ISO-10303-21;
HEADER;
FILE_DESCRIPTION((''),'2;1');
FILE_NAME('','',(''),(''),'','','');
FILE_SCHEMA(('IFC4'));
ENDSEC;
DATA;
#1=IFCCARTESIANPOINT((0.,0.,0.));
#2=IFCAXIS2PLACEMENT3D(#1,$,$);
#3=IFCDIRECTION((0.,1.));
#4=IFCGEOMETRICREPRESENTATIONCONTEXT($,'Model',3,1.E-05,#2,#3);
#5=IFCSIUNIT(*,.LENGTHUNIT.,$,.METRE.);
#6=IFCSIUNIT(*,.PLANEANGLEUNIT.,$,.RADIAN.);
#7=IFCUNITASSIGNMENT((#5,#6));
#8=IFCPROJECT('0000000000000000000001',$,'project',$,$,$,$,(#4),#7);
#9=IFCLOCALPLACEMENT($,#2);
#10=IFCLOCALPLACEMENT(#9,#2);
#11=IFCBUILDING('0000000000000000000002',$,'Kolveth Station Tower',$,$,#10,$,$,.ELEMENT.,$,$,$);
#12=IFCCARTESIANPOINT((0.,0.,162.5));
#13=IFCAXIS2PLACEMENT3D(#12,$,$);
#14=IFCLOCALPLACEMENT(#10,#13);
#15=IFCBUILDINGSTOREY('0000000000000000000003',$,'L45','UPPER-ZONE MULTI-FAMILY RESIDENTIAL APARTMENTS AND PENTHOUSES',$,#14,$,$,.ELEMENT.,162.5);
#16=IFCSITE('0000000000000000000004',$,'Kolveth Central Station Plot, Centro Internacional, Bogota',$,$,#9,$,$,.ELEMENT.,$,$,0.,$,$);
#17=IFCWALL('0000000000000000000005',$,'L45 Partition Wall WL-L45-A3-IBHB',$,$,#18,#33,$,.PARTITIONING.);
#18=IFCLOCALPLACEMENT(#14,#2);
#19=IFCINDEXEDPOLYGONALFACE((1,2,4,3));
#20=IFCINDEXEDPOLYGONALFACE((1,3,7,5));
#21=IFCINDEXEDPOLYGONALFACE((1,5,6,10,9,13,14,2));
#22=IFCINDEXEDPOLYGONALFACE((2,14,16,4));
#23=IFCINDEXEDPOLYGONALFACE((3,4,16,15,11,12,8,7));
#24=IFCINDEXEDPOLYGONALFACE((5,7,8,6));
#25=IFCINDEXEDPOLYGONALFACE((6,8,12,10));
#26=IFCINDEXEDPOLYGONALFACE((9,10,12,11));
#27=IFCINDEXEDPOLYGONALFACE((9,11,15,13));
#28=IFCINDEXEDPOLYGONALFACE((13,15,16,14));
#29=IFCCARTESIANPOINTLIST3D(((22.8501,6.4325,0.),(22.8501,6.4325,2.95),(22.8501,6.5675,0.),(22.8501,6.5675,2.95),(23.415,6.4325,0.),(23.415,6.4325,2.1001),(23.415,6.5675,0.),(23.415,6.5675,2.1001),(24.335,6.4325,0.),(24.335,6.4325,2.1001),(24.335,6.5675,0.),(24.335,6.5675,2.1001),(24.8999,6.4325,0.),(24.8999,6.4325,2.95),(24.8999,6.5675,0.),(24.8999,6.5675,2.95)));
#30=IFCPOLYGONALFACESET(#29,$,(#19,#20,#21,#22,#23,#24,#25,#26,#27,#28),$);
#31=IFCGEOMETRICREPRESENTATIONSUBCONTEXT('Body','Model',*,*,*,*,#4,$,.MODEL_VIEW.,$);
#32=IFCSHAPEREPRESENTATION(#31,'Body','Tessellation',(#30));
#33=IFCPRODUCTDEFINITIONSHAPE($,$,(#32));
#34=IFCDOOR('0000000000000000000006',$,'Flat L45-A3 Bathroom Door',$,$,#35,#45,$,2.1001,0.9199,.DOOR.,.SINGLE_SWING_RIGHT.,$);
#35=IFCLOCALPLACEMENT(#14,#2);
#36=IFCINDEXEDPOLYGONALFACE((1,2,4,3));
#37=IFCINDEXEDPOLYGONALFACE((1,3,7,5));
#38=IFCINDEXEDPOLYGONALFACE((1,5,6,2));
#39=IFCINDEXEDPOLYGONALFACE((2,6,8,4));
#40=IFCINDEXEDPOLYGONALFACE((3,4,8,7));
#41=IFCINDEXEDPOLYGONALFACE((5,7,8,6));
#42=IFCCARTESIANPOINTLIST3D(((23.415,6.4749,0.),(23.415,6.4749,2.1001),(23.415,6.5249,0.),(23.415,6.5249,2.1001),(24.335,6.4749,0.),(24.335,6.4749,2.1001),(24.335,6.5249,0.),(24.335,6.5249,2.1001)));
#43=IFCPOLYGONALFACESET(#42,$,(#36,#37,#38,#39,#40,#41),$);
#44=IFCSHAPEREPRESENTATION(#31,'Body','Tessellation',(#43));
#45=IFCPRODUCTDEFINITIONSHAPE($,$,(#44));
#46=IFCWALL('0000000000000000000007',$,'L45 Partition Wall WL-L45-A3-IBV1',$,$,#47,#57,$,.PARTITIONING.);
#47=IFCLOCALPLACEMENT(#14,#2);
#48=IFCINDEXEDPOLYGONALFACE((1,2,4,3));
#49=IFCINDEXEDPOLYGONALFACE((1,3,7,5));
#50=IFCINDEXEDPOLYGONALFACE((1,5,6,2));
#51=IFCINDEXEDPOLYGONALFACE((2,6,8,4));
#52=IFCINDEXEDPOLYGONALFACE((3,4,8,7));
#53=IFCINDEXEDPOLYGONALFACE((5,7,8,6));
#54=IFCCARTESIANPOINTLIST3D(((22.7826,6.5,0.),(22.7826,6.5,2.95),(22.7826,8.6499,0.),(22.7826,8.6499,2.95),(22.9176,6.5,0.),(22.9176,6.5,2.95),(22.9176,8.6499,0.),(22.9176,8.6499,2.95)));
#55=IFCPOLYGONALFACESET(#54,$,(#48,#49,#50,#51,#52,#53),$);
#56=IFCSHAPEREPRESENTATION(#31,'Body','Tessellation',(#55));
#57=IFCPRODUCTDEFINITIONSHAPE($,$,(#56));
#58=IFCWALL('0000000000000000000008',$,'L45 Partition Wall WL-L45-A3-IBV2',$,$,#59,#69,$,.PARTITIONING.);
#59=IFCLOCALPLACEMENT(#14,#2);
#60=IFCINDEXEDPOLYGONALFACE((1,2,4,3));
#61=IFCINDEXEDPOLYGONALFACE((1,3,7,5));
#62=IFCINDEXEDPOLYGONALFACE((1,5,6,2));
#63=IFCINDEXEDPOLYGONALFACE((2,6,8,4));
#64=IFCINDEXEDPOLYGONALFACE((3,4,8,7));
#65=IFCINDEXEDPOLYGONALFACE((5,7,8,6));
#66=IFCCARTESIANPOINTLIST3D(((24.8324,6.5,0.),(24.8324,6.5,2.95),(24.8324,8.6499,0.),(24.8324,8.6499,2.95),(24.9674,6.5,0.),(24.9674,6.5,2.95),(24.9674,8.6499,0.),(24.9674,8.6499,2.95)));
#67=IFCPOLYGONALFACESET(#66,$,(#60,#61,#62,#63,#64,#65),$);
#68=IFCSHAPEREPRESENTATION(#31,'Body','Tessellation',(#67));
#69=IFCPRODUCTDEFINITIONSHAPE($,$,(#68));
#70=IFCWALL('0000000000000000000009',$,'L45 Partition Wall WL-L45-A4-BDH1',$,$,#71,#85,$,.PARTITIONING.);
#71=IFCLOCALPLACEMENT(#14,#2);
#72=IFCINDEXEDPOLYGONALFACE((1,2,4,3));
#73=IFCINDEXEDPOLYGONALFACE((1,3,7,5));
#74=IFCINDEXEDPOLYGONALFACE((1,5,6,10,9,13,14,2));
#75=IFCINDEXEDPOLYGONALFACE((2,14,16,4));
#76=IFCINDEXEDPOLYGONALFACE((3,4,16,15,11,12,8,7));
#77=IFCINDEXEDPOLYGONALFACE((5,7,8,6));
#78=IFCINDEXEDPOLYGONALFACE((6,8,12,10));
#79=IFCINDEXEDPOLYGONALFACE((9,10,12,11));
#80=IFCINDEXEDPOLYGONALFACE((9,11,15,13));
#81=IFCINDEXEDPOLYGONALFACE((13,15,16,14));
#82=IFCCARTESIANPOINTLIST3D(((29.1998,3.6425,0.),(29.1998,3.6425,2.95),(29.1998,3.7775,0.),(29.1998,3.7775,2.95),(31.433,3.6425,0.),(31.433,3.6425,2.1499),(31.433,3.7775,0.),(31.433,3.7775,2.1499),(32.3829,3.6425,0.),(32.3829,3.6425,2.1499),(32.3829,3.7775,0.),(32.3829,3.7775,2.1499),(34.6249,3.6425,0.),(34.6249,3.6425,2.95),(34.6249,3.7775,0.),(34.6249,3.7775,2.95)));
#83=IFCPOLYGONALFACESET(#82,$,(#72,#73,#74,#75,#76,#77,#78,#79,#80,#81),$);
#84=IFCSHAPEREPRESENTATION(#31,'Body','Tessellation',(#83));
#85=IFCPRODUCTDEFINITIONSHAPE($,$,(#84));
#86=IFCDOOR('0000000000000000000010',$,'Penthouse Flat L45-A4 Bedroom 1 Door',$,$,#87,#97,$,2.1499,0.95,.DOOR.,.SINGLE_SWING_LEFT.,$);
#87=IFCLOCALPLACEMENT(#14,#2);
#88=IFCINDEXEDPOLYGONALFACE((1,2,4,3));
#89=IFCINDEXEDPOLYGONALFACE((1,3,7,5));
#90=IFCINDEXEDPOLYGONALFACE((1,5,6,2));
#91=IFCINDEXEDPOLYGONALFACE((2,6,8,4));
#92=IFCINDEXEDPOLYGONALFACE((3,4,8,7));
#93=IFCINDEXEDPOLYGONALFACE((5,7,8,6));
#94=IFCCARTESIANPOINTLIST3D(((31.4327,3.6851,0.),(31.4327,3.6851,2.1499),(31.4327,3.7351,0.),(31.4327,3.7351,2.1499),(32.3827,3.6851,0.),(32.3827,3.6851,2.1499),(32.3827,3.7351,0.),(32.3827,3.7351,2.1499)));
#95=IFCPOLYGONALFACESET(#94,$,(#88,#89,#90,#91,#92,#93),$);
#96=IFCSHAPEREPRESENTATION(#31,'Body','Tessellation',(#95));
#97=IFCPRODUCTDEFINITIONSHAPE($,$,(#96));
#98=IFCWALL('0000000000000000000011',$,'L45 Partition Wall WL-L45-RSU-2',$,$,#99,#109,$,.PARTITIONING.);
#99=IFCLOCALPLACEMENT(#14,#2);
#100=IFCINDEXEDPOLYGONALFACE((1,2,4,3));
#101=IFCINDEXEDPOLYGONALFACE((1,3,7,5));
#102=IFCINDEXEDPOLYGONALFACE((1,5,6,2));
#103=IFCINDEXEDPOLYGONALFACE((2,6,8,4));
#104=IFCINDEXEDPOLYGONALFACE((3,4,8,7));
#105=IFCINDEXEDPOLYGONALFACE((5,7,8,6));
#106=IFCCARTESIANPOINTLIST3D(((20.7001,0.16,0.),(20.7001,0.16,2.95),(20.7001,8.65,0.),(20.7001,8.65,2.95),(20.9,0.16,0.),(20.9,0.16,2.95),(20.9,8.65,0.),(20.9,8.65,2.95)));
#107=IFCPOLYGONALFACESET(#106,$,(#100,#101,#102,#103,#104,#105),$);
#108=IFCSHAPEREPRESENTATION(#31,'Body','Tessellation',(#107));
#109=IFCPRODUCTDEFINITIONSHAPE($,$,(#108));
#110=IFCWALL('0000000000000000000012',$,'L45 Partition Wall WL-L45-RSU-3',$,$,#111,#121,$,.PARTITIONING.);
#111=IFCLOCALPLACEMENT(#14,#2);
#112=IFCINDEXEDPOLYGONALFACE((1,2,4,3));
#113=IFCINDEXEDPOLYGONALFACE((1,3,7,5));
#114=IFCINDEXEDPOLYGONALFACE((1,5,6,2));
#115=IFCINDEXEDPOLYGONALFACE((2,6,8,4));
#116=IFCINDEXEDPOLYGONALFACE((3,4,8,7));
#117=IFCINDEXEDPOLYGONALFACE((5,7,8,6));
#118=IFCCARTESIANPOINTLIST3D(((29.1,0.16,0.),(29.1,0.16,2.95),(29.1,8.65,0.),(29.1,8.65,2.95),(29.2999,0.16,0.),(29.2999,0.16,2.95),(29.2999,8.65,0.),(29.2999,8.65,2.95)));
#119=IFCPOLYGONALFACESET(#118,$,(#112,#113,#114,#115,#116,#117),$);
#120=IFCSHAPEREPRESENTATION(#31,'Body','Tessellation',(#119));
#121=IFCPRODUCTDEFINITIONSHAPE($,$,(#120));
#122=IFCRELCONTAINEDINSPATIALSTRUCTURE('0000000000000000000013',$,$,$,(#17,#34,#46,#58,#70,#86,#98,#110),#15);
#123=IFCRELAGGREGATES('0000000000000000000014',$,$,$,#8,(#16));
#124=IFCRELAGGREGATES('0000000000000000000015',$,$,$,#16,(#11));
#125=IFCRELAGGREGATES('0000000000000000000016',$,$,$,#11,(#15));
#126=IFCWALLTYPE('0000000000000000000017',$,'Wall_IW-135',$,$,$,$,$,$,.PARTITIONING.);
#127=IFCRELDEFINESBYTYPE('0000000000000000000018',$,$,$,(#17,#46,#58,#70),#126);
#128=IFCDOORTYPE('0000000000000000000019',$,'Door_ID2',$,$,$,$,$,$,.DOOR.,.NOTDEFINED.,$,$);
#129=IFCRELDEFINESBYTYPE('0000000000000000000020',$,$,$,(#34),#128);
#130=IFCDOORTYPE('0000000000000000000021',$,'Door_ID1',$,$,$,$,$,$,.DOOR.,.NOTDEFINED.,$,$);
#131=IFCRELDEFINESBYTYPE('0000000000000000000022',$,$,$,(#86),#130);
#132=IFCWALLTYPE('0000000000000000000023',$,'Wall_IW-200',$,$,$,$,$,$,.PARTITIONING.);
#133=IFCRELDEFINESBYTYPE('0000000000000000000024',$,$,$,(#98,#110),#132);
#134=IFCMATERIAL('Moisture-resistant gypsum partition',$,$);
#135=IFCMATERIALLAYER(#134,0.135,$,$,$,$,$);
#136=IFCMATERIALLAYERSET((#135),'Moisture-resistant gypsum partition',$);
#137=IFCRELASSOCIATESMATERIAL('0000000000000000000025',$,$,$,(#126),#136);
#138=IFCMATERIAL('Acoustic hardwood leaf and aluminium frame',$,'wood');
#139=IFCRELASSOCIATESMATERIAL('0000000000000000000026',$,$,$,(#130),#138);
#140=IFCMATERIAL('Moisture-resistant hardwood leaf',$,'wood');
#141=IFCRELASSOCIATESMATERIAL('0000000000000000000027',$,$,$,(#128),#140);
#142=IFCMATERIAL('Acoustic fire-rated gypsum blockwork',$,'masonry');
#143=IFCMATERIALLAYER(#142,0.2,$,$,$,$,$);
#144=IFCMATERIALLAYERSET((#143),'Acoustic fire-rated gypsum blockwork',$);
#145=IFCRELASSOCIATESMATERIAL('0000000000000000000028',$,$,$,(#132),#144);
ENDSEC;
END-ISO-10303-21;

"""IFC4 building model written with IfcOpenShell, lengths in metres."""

from ifc_helpers import new_model, si_unit, direction, frame, frame_2d, origin, place, context, subcontext, project, spatial, rectangle, extrude, material, layer, layer_set, type_object, element, fill, save


model = new_model("IFC4")

# Units and contexts
model_context = context("Model", 3, precision=1e-05, world=origin(), true_north=direction((0.0, 1.0)))
body_context = subcontext(model_context, "Body", "Model", "MODEL_VIEW")
ifc_project = project(units=[si_unit("LENGTHUNIT", "METRE"), si_unit("PLANEANGLEUNIT", "RADIAN")], contexts=[model_context])

# Site, building, storey
site_placement = place(None, origin())
site = spatial("IfcSite", under=ifc_project, at=site_placement, Name="Kolveth Central Station Plot, Centro Internacional, Bogota", CompositionType="ELEMENT", RefElevation=0.0)
building_placement = place(site_placement, origin())
building = spatial("IfcBuilding", under=site, at=building_placement, Name="Kolveth Station Tower", CompositionType="ELEMENT")
storey_placement = place(building_placement, frame((0.0, 0.0, 162.5)))
storey = spatial("IfcBuildingStorey", under=building, at=storey_placement, Name="L45", Description="UPPER-ZONE MULTI-FAMILY RESIDENTIAL APARTMENTS AND PENTHOUSES", CompositionType="ELEMENT", Elevation=162.5)

# Wall, opening, door
ifc_material_1 = material(Name="Moisture-resistant gypsum partition")
ifc_layer_1 = layer(ifc_material_1, 0.135)
ifc_layer_set_1 = layer_set([ifc_layer_1], Name="Moisture-resistant gypsum partition")
wall_type_1 = type_object("IfcWallType", Name="Wall_IW-135", PredefinedType="PARTITIONING", material=ifc_layer_set_1)
ifc_material_2 = material(Name="Acoustic hardwood leaf and aluminium frame", Category="wood")
door_type_1 = type_object("IfcDoorType", Name="Door_ID1", OperationType="NOTDEFINED", PredefinedType="DOOR", material=ifc_material_2)
wall_1_placement = place(storey_placement, frame((22.8501, 6.5, 0.0), z_axis=(0.0, 0.0, 1.0), x_axis=(1.0, 0.0, 0.0)))
wall_1 = element("IfcWall", 1, at=wall_1_placement, inside=storey, type_object=wall_type_1, Name="L45 Partition Wall WL-L45-A3-IBHB", PredefinedType="PARTITIONING", context=body_context, shape_type="SweptSolid", body=[
    extrude(rectangle(XDim=2.0498, YDim=0.135, at=frame_2d((1.0249, 0.0))), origin(), (0.0, 0.0, 1.0), 2.95),
])
opening_1_placement = place(wall_1_placement, frame((0.5649, 0.0, 0.0)))
opening_1 = element("IfcOpeningElement", 2, at=opening_1_placement, cuts=wall_1, PredefinedType="OPENING", context=body_context, shape_type="SweptSolid", body=[
    extrude(rectangle(XDim=0.9199, YDim=2.1001, at=frame_2d((0.46, 1.05))), frame((0.0, 0.0774, 0.0), z_axis=(0.0, -1.0, 0.0), x_axis=(1.0, 0.0, 0.0)), (0.0, 0.0, 1.0), 0.155),
])
ifc_material_3 = material(Name="Moisture-resistant hardwood leaf", Category="wood")
door_type_2 = type_object("IfcDoorType", Name="Door_ID2", OperationType="NOTDEFINED", PredefinedType="DOOR", material=ifc_material_3)
door_1_placement = place(opening_1_placement, origin())
door_1 = element("IfcDoor", 3, at=door_1_placement, inside=storey, type_object=door_type_2, Name="Flat L45-A3 Bathroom Door", OperationType="SINGLE_SWING_RIGHT", OverallHeight=2.1001, OverallWidth=0.9199, PredefinedType="DOOR", context=body_context, shape_type="SweptSolid", body=[
    extrude(rectangle(XDim=0.9199, YDim=2.1001, at=frame_2d((0.46, 1.05))), frame((0.0, 0.0249, 0.0), z_axis=(0.0, -1.0, 0.0), x_axis=(1.0, 0.0, 0.0)), (0.0, 0.0, 1.0), 0.05),
])
fill(opening_1, door_1)

# Walls
for number, where, z_axis, x_axis, name in (
    (4, (22.8501, 6.5, 0.0), (0.0, 0.0, 1.0), (0.0, 1.0, 0.0), "L45 Partition Wall WL-L45-A3-IBV1"),
    (5, (24.8999, 6.5, 0.0), (0.0, 0.0, 1.0), (0.0, 1.0, 0.0), "L45 Partition Wall WL-L45-A3-IBV2"),
):
    element("IfcWall", number, at=place(storey_placement, frame(where, z_axis=z_axis, x_axis=x_axis)), inside=storey, type_object=wall_type_1, Name=name, PredefinedType="PARTITIONING", context=body_context, shape_type="SweptSolid", body=[
        extrude(rectangle(XDim=2.1499, YDim=0.135, at=frame_2d((1.075, 0.0))), origin(), (0.0, 0.0, 1.0), 2.95),
    ])

# Wall, opening, door
wall_2_placement = place(storey_placement, frame((29.2, 3.71, 0.0), z_axis=(0.0, 0.0, 1.0), x_axis=(1.0, 0.0, 0.0)))
wall_2 = element("IfcWall", 6, at=wall_2_placement, inside=storey, type_object=wall_type_1, Name="L45 Partition Wall WL-L45-A4-BDH1", PredefinedType="PARTITIONING", context=body_context, shape_type="SweptSolid", body=[
    extrude(rectangle(XDim=5.425, YDim=0.135, at=frame_2d((2.7124, 0.0))), origin(), (0.0, 0.0, 1.0), 2.95),
])
opening_2_placement = place(wall_2_placement, frame((2.2329, 0.0, 0.0)))
opening_2 = element("IfcOpeningElement", 7, at=opening_2_placement, cuts=wall_2, PredefinedType="OPENING", context=body_context, shape_type="SweptSolid", body=[
    extrude(rectangle(XDim=0.95, YDim=2.1499, at=frame_2d((0.4751, 1.075))), frame((0.0, 0.0774, 0.0), z_axis=(0.0, -1.0, 0.0), x_axis=(1.0, 0.0, 0.0)), (0.0, 0.0, 1.0), 0.155),
])
door_2_placement = place(opening_2_placement, frame((0.95, 0.0, 0.0), z_axis=(0.0, 0.0, 1.0), x_axis=(-1.0, 0.0, 0.0)))
door_2 = element("IfcDoor", 8, at=door_2_placement, inside=storey, type_object=door_type_1, Name="Penthouse Flat L45-A4 Bedroom 1 Door", OperationType="SINGLE_SWING_LEFT", OverallHeight=2.1499, OverallWidth=0.95, PredefinedType="DOOR", context=body_context, shape_type="SweptSolid", body=[
    extrude(rectangle(XDim=0.95, YDim=2.1499, at=frame_2d((0.4751, 1.075))), frame((0.0, 0.0249, 0.0), z_axis=(0.0, -1.0, 0.0), x_axis=(1.0, 0.0, 0.0)), (0.0, 0.0, 1.0), 0.05),
])
fill(opening_2, door_2)

# Walls
ifc_material_4 = material(Name="Acoustic fire-rated gypsum blockwork", Category="masonry")
ifc_layer_2 = layer(ifc_material_4, 0.2)
ifc_layer_set_2 = layer_set([ifc_layer_2], Name="Acoustic fire-rated gypsum blockwork")
wall_type_2 = type_object("IfcWallType", Name="Wall_IW-200", PredefinedType="PARTITIONING", material=ifc_layer_set_2)
for number, where, z_axis, x_axis, name in (
    (9, (20.8, 0.1599, 0.0), (0.0, 0.0, 1.0), (0.0, 1.0, 0.0), "L45 Partition Wall WL-L45-RSU-2"),
    (10, (29.2, 0.1599, 0.0), (0.0, 0.0, 1.0), (0.0, 1.0, 0.0), "L45 Partition Wall WL-L45-RSU-3"),
):
    element("IfcWall", number, at=place(storey_placement, frame(where, z_axis=z_axis, x_axis=x_axis)), inside=storey, type_object=wall_type_2, Name=name, PredefinedType="PARTITIONING", context=body_context, shape_type="SweptSolid", body=[
        extrude(rectangle(XDim=8.49, YDim=0.2, at=frame_2d((4.2451, 0.0))), origin(), (0.0, 0.0, 1.0), 2.95),
    ])

save(model, "model.ifc")
